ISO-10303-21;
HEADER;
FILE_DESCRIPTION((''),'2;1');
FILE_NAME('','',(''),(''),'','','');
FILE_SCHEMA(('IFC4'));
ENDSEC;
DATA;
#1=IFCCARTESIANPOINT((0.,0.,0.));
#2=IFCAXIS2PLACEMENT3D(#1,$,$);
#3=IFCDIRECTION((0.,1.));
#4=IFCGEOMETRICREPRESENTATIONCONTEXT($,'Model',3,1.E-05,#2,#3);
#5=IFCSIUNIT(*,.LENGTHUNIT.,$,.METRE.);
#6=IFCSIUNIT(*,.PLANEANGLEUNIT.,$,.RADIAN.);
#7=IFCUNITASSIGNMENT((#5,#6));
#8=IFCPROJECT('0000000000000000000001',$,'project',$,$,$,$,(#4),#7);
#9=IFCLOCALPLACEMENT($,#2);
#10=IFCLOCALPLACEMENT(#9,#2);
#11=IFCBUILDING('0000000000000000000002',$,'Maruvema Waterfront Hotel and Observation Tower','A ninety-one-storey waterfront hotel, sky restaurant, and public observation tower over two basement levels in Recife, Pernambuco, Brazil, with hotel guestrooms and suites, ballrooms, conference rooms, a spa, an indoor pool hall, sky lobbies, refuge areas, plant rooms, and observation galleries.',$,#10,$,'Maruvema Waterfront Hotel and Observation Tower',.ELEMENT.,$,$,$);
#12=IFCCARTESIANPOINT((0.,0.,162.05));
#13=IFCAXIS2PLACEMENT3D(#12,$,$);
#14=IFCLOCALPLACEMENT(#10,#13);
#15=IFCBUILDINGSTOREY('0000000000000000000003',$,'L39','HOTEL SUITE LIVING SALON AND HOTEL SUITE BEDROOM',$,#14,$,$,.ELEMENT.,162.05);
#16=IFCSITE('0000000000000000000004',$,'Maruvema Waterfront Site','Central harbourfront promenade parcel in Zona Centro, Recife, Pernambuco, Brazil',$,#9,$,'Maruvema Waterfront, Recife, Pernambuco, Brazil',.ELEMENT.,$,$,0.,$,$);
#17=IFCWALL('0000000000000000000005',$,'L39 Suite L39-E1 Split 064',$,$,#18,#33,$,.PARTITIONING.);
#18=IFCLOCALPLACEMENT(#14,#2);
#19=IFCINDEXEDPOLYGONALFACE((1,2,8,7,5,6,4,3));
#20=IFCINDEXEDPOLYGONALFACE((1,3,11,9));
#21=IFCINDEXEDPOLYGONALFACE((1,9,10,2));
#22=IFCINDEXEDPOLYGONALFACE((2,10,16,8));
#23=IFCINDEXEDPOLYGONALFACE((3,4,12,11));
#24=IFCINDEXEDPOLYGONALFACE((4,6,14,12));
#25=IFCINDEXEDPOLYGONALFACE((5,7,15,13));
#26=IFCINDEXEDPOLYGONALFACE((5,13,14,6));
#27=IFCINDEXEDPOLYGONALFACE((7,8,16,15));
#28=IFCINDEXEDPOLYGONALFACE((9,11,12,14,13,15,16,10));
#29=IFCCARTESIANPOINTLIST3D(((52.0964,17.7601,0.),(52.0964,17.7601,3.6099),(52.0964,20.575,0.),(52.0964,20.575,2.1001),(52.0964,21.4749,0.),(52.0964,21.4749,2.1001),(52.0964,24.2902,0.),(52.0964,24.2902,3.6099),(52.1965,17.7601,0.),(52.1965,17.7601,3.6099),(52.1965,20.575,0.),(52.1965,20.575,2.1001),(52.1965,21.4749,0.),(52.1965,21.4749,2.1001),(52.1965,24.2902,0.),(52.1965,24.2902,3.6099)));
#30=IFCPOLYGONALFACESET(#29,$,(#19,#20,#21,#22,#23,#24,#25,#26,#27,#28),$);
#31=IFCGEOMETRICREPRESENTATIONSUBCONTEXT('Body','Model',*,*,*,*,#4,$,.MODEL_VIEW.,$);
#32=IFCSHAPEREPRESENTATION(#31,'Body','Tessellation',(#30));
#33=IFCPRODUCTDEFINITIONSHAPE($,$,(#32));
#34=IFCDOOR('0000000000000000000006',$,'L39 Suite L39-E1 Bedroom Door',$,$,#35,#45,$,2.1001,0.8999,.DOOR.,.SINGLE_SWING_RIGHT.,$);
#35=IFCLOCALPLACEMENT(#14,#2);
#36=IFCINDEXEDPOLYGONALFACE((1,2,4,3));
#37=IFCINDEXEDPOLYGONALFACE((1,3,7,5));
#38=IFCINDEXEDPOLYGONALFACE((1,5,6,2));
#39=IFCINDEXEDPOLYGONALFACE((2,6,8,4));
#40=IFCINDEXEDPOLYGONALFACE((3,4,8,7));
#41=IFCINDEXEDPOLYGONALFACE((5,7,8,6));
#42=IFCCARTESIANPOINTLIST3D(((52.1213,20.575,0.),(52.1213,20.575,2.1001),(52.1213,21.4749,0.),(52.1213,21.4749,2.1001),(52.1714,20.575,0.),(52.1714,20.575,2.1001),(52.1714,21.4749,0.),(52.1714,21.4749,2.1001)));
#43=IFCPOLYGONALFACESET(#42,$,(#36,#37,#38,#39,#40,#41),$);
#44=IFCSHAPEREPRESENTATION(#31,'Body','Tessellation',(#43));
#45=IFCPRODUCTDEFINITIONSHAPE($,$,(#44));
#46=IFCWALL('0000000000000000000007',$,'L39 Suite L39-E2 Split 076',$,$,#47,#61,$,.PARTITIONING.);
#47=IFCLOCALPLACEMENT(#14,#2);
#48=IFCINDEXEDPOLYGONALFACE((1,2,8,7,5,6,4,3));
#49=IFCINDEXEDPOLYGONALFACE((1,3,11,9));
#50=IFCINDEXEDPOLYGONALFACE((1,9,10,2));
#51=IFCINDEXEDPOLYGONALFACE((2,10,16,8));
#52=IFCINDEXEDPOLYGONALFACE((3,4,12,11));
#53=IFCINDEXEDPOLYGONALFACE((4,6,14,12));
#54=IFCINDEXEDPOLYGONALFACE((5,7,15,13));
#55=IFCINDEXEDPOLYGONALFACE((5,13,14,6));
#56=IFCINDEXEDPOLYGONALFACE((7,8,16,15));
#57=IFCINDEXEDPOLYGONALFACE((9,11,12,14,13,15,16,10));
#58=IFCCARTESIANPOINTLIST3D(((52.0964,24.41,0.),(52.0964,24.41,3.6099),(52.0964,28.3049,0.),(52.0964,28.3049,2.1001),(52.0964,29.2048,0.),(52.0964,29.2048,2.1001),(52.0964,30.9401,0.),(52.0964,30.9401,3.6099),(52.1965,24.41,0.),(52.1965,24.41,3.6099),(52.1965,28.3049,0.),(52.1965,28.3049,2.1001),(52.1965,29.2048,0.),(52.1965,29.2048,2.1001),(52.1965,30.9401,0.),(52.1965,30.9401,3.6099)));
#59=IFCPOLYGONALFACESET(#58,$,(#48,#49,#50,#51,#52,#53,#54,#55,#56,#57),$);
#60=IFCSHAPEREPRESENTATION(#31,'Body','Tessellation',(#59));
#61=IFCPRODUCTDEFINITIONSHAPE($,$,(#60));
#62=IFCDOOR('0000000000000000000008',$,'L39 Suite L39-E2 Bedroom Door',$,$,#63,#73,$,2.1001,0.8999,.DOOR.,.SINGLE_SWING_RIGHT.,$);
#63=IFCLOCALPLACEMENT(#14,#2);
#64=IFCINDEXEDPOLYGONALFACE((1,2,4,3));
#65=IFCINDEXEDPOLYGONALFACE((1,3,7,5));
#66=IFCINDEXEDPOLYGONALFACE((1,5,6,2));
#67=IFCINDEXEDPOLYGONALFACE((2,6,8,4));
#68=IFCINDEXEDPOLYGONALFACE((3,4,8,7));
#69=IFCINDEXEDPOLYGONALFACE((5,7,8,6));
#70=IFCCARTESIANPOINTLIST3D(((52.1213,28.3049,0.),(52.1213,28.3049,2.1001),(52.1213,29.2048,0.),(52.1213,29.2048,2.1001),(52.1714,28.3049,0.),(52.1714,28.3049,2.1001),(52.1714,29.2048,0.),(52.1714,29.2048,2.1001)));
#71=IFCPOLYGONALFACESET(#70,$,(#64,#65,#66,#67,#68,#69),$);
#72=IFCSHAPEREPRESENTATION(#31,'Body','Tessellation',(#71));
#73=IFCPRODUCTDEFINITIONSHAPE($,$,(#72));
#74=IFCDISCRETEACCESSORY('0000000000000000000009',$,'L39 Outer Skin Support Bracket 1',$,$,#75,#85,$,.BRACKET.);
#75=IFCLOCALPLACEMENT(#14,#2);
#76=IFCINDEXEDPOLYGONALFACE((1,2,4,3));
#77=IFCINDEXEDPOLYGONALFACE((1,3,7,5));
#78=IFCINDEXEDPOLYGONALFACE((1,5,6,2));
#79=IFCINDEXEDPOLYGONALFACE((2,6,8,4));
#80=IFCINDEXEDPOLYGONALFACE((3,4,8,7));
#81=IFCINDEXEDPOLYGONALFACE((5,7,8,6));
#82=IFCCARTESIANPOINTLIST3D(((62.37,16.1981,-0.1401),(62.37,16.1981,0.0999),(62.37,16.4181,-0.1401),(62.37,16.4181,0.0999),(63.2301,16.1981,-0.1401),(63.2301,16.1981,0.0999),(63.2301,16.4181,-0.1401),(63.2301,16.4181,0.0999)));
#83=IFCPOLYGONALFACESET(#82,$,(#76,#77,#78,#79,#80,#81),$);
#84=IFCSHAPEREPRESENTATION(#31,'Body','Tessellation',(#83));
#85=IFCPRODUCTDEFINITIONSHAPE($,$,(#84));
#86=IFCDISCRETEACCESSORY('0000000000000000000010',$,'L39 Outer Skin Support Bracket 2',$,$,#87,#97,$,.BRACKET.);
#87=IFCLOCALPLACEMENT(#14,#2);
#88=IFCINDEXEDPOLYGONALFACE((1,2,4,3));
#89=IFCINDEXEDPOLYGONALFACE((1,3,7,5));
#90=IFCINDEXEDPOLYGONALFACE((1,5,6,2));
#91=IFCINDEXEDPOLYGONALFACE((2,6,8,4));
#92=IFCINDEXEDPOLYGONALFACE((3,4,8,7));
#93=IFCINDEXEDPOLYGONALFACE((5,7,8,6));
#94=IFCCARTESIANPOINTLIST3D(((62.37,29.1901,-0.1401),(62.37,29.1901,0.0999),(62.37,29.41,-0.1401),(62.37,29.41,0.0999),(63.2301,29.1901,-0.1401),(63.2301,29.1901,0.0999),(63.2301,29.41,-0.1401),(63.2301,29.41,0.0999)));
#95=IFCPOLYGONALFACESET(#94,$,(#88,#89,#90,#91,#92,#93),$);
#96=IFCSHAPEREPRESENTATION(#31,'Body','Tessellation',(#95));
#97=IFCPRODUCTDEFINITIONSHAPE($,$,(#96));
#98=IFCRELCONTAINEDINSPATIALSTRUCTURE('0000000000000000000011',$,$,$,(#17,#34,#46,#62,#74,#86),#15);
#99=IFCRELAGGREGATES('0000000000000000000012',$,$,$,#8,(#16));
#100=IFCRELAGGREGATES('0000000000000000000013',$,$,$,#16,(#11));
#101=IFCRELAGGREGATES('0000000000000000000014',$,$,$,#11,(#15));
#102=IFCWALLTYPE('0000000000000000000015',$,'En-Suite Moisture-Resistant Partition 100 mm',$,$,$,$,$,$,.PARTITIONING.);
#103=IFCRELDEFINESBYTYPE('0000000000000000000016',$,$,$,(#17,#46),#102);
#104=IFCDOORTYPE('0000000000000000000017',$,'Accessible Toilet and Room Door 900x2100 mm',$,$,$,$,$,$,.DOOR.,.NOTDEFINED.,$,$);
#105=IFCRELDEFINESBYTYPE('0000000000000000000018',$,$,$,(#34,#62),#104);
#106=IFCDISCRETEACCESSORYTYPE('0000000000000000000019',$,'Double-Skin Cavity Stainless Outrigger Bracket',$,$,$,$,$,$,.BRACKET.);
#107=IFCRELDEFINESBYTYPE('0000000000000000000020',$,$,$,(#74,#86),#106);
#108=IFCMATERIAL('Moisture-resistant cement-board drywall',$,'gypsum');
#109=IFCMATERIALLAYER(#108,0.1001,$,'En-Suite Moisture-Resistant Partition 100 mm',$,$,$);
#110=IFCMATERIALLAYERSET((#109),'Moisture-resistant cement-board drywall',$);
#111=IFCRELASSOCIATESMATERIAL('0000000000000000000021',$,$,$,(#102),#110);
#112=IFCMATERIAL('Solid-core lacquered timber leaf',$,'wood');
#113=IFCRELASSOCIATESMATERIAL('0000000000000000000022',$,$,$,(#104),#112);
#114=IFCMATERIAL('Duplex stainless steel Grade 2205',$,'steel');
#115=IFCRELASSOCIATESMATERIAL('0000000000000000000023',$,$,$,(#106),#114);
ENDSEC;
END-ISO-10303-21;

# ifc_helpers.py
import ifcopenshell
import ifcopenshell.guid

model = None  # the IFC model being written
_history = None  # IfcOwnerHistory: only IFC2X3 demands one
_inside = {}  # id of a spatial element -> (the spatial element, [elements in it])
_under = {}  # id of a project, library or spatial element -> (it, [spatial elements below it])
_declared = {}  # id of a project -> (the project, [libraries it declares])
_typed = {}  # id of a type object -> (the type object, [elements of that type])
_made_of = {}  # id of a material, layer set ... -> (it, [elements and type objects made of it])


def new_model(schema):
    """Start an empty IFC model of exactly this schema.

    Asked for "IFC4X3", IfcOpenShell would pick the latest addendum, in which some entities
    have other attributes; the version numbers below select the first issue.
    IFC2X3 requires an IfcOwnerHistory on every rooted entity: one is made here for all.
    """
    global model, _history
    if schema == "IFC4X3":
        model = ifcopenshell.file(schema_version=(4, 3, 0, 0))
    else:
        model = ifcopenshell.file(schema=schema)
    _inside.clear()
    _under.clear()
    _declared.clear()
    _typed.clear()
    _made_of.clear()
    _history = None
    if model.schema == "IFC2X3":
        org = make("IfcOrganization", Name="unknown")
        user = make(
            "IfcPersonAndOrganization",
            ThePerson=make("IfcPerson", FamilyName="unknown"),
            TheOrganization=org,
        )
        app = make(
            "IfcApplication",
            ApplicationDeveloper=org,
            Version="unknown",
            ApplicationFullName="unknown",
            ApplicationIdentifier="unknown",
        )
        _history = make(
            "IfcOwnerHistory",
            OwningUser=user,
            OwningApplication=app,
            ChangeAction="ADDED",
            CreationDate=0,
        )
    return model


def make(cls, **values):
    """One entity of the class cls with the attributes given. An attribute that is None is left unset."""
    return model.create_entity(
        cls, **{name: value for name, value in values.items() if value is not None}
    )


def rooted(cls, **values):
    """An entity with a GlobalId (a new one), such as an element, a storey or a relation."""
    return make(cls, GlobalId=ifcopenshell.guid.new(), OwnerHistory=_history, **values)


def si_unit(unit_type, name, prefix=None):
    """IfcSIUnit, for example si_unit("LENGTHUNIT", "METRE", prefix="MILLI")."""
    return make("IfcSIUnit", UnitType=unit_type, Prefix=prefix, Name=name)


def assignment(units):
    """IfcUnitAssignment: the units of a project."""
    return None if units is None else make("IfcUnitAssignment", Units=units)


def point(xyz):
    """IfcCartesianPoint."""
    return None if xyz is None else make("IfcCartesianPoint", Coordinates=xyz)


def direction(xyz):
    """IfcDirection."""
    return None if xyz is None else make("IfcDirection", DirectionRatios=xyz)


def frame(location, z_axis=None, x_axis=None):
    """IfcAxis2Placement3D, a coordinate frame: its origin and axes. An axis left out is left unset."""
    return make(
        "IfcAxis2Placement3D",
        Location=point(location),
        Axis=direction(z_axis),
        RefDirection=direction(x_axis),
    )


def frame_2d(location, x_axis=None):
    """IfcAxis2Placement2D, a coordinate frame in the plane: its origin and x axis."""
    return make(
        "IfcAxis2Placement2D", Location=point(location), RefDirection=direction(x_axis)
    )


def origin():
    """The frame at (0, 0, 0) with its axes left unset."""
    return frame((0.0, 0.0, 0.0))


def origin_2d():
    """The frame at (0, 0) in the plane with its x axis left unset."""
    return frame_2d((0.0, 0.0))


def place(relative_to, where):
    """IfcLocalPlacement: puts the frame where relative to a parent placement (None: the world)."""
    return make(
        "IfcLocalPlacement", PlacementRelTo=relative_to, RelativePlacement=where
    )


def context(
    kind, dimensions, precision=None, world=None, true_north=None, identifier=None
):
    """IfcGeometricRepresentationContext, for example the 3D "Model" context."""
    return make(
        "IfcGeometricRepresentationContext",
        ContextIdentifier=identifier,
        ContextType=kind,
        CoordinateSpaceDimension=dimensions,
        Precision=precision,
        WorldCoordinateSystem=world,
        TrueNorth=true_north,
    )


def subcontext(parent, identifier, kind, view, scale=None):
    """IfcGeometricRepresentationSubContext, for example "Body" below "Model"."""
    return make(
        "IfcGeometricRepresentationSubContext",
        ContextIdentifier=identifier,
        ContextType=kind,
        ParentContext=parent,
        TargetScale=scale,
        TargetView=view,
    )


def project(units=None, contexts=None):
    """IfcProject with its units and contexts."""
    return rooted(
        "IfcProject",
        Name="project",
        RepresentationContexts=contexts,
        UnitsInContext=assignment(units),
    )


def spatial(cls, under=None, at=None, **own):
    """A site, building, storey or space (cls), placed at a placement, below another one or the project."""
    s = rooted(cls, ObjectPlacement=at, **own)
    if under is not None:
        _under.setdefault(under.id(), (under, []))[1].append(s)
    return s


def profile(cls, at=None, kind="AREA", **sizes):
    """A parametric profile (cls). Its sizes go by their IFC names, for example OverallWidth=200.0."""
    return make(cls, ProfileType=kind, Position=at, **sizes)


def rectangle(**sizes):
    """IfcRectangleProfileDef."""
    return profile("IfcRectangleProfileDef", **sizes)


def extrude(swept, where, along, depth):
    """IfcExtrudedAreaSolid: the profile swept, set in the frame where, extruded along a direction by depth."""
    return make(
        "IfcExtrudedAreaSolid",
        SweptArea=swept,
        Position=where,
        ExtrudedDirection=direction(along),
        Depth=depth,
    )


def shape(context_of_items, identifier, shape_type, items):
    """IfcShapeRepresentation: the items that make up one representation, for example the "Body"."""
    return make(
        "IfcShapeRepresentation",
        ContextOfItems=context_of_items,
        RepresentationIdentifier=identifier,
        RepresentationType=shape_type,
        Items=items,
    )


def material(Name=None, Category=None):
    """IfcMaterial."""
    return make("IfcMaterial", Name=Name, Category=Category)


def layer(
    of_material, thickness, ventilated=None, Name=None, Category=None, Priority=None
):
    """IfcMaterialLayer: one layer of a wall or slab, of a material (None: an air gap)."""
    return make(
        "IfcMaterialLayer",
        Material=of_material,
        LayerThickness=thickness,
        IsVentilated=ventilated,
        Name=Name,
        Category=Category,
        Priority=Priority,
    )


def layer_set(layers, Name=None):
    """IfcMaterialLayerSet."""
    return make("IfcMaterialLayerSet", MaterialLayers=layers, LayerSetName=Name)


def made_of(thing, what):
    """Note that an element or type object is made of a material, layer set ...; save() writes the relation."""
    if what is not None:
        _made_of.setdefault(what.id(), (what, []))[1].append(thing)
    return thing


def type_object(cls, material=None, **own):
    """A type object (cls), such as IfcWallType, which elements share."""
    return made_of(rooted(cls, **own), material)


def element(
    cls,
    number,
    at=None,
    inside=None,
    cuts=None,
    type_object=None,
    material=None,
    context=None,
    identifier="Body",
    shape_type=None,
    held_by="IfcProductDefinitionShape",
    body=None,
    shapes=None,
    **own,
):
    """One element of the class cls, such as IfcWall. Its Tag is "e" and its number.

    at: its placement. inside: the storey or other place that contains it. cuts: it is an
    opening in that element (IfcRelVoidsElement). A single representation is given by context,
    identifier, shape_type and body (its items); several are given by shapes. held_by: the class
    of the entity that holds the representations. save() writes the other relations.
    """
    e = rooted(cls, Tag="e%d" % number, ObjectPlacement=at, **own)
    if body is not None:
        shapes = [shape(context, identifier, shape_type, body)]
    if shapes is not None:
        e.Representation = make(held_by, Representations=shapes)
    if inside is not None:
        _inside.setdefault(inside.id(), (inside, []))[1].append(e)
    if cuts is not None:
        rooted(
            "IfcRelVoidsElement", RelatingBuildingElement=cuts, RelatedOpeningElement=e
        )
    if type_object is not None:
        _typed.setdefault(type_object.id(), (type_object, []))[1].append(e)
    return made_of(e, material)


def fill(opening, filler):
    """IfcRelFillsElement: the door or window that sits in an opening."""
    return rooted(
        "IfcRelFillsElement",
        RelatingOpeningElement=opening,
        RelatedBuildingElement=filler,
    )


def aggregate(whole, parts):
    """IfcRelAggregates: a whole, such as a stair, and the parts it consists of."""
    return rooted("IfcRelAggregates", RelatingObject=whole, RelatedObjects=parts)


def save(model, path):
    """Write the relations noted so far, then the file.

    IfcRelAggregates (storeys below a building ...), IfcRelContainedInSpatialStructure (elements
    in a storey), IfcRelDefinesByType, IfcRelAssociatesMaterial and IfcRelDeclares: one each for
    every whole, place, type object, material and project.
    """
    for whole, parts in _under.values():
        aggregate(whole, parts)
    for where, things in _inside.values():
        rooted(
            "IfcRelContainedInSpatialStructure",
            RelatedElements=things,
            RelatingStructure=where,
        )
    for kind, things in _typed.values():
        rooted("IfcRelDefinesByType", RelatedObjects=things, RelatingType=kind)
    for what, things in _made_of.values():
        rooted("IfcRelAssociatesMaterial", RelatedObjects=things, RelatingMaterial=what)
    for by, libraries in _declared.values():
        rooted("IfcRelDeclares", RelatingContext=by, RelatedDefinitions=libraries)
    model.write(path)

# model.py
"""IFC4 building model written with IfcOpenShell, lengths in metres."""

from ifc_helpers import new_model, si_unit, direction, frame, frame_2d, origin, origin_2d, place, context, subcontext, project, spatial, rectangle, extrude, material, layer, layer_set, type_object, element, fill, save


model = new_model("IFC4")

# Units and contexts
model_context = context("Model", 3, precision=1e-05, world=origin(), true_north=direction((0.0, 1.0)))
body_context = subcontext(model_context, "Body", "Model", "MODEL_VIEW")
ifc_project = project(units=[si_unit("LENGTHUNIT", "METRE"), si_unit("PLANEANGLEUNIT", "RADIAN")], contexts=[model_context])

# Site, building, storey
site_placement = place(None, origin())
site = spatial("IfcSite", under=ifc_project, at=site_placement, Name="Maruvema Waterfront Site", Description="Central harbourfront promenade parcel in Zona Centro, Recife, Pernambuco, Brazil", LongName="Maruvema Waterfront, Recife, Pernambuco, Brazil", CompositionType="ELEMENT", RefElevation=0.0)
building_placement = place(site_placement, origin())
building = spatial("IfcBuilding", under=site, at=building_placement, Name="Maruvema Waterfront Hotel and Observation Tower", Description="A ninety-one-storey waterfront hotel, sky restaurant, and public observation tower over two basement levels in Recife, Pernambuco, Brazil, with hotel guestrooms and suites, ballrooms, conference rooms, a spa, an indoor pool hall, sky lobbies, refuge areas, plant rooms, and observation galleries.", LongName="Maruvema Waterfront Hotel and Observation Tower", CompositionType="ELEMENT")
storey_placement = place(building_placement, frame((0.0, 0.0, 162.05)))
storey = spatial("IfcBuildingStorey", under=building, at=storey_placement, Name="L39", Description="HOTEL SUITE LIVING SALON AND HOTEL SUITE BEDROOM", CompositionType="ELEMENT", Elevation=162.05)

# Walls, openings, doors
ifc_material_1 = material(Name="Moisture-resistant cement-board drywall", Category="gypsum")
ifc_layer_1 = layer(ifc_material_1, 0.1001, Name="En-Suite Moisture-Resistant Partition 100 mm")
ifc_layer_set_1 = layer_set([ifc_layer_1], Name="Moisture-resistant cement-board drywall")
wall_type = type_object("IfcWallType", Name="En-Suite Moisture-Resistant Partition 100 mm", PredefinedType="PARTITIONING", material=ifc_layer_set_1)
wall_1_placement = place(storey_placement, frame((52.1465, 17.76, 0.0), z_axis=(0.0, 0.0, 1.0), x_axis=(0.0, 1.0, 0.0)))
wall_1 = element("IfcWall", 1, at=wall_1_placement, inside=storey, type_object=wall_type, Name="L39 Suite L39-E1 Split 064", PredefinedType="PARTITIONING", context=body_context, shape_type="SweptSolid", body=[
    extrude(rectangle(XDim=6.53, YDim=0.1001, at=frame_2d((3.2651, 0.0))), origin(), (0.0, 0.0, 1.0), 3.6099),
])
opening_1_placement = place(wall_1_placement, frame((2.8149, 0.0, 0.0)))
opening_1 = element("IfcOpeningElement", 2, at=opening_1_placement, cuts=wall_1, PredefinedType="OPENING", context=body_context, shape_type="SweptSolid", body=[
    extrude(rectangle(XDim=0.8999, YDim=2.1001, at=frame_2d((0.45, 1.05))), frame((0.0, 0.0601, 0.0), z_axis=(0.0, -1.0, 0.0), x_axis=(1.0, 0.0, 0.0)), (0.0, 0.0, 1.0), 0.1201),
])
ifc_material_2 = material(Name="Solid-core lacquered timber leaf", Category="wood")
door_type = type_object("IfcDoorType", Name="Accessible Toilet and Room Door 900x2100 mm", OperationType="NOTDEFINED", PredefinedType="DOOR", material=ifc_material_2)
door_1_placement = place(opening_1_placement, frame((0.8999, 0.0, 0.0), z_axis=(0.0, 0.0, 1.0), x_axis=(-1.0, 0.0, 0.0)))
door_1 = element("IfcDoor", 3, at=door_1_placement, inside=storey, type_object=door_type, Name="L39 Suite L39-E1 Bedroom Door", OperationType="SINGLE_SWING_RIGHT", OverallHeight=2.1001, OverallWidth=0.8999, PredefinedType="DOOR", context=body_context, shape_type="SweptSolid", body=[
    extrude(rectangle(XDim=0.8999, YDim=2.1001, at=frame_2d((0.45, 1.05))), frame((0.0, 0.0249, 0.0), z_axis=(0.0, -1.0, 0.0), x_axis=(1.0, 0.0, 0.0)), (0.0, 0.0, 1.0), 0.05),
])
fill(opening_1, door_1)
wall_2_placement = place(storey_placement, frame((52.1465, 24.4099, 0.0), z_axis=(0.0, 0.0, 1.0), x_axis=(0.0, 1.0, 0.0)))
wall_2 = element("IfcWall", 4, at=wall_2_placement, inside=storey, type_object=wall_type, Name="L39 Suite L39-E2 Split 076", PredefinedType="PARTITIONING", context=body_context, shape_type="SweptSolid", body=[
    extrude(rectangle(XDim=6.53, YDim=0.1001, at=frame_2d((3.2651, 0.0))), origin(), (0.0, 0.0, 1.0), 3.6099),
])
opening_2_placement = place(wall_2_placement, frame((3.895, 0.0, 0.0)))
opening_2 = element("IfcOpeningElement", 5, at=opening_2_placement, cuts=wall_2, PredefinedType="OPENING", context=body_context, shape_type="SweptSolid", body=[
    extrude(rectangle(XDim=0.8999, YDim=2.1001, at=frame_2d((0.45, 1.05))), frame((0.0, 0.0601, 0.0), z_axis=(0.0, -1.0, 0.0), x_axis=(1.0, 0.0, 0.0)), (0.0, 0.0, 1.0), 0.1201),
])
door_2_placement = place(opening_2_placement, frame((0.8999, 0.0, 0.0), z_axis=(0.0, 0.0, 1.0), x_axis=(-1.0, 0.0, 0.0)))
door_2 = element("IfcDoor", 6, at=door_2_placement, inside=storey, type_object=door_type, Name="L39 Suite L39-E2 Bedroom Door", OperationType="SINGLE_SWING_RIGHT", OverallHeight=2.1001, OverallWidth=0.8999, PredefinedType="DOOR", context=body_context, shape_type="SweptSolid", body=[
    extrude(rectangle(XDim=0.8999, YDim=2.1001, at=frame_2d((0.45, 1.05))), frame((0.0, 0.0249, 0.0), z_axis=(0.0, -1.0, 0.0), x_axis=(1.0, 0.0, 0.0)), (0.0, 0.0, 1.0), 0.05),
])
fill(opening_2, door_2)

# Discrete accessories
ifc_material_3 = material(Name="Duplex stainless steel Grade 2205", Category="steel")
discrete_accessory_type = type_object("IfcDiscreteAccessoryType", Name="Double-Skin Cavity Stainless Outrigger Bracket", PredefinedType="BRACKET", material=ifc_material_3)
for number, where, z_axis, x_axis, name in (
    (7, (62.8, 16.3081, -0.1401), (0.0, 0.0, 1.0), (0.0, 1.0, 0.0), "L39 Outer Skin Support Bracket 1"),
    (8, (62.8, 29.3, -0.1401), (0.0, 0.0, 1.0), (0.0, 1.0, 0.0), "L39 Outer Skin Support Bracket 2"),
):
    element("IfcDiscreteAccessory", number, at=place(storey_placement, frame(where, z_axis=z_axis, x_axis=x_axis)), inside=storey, type_object=discrete_accessory_type, Name=name, PredefinedType="BRACKET", context=body_context, shape_type="SweptSolid", body=[
        extrude(rectangle(XDim=0.22, YDim=0.8601, at=origin_2d()), origin(), (0.0, 0.0, 1.0), 0.24),
    ])

save(model, "model.ifc")
